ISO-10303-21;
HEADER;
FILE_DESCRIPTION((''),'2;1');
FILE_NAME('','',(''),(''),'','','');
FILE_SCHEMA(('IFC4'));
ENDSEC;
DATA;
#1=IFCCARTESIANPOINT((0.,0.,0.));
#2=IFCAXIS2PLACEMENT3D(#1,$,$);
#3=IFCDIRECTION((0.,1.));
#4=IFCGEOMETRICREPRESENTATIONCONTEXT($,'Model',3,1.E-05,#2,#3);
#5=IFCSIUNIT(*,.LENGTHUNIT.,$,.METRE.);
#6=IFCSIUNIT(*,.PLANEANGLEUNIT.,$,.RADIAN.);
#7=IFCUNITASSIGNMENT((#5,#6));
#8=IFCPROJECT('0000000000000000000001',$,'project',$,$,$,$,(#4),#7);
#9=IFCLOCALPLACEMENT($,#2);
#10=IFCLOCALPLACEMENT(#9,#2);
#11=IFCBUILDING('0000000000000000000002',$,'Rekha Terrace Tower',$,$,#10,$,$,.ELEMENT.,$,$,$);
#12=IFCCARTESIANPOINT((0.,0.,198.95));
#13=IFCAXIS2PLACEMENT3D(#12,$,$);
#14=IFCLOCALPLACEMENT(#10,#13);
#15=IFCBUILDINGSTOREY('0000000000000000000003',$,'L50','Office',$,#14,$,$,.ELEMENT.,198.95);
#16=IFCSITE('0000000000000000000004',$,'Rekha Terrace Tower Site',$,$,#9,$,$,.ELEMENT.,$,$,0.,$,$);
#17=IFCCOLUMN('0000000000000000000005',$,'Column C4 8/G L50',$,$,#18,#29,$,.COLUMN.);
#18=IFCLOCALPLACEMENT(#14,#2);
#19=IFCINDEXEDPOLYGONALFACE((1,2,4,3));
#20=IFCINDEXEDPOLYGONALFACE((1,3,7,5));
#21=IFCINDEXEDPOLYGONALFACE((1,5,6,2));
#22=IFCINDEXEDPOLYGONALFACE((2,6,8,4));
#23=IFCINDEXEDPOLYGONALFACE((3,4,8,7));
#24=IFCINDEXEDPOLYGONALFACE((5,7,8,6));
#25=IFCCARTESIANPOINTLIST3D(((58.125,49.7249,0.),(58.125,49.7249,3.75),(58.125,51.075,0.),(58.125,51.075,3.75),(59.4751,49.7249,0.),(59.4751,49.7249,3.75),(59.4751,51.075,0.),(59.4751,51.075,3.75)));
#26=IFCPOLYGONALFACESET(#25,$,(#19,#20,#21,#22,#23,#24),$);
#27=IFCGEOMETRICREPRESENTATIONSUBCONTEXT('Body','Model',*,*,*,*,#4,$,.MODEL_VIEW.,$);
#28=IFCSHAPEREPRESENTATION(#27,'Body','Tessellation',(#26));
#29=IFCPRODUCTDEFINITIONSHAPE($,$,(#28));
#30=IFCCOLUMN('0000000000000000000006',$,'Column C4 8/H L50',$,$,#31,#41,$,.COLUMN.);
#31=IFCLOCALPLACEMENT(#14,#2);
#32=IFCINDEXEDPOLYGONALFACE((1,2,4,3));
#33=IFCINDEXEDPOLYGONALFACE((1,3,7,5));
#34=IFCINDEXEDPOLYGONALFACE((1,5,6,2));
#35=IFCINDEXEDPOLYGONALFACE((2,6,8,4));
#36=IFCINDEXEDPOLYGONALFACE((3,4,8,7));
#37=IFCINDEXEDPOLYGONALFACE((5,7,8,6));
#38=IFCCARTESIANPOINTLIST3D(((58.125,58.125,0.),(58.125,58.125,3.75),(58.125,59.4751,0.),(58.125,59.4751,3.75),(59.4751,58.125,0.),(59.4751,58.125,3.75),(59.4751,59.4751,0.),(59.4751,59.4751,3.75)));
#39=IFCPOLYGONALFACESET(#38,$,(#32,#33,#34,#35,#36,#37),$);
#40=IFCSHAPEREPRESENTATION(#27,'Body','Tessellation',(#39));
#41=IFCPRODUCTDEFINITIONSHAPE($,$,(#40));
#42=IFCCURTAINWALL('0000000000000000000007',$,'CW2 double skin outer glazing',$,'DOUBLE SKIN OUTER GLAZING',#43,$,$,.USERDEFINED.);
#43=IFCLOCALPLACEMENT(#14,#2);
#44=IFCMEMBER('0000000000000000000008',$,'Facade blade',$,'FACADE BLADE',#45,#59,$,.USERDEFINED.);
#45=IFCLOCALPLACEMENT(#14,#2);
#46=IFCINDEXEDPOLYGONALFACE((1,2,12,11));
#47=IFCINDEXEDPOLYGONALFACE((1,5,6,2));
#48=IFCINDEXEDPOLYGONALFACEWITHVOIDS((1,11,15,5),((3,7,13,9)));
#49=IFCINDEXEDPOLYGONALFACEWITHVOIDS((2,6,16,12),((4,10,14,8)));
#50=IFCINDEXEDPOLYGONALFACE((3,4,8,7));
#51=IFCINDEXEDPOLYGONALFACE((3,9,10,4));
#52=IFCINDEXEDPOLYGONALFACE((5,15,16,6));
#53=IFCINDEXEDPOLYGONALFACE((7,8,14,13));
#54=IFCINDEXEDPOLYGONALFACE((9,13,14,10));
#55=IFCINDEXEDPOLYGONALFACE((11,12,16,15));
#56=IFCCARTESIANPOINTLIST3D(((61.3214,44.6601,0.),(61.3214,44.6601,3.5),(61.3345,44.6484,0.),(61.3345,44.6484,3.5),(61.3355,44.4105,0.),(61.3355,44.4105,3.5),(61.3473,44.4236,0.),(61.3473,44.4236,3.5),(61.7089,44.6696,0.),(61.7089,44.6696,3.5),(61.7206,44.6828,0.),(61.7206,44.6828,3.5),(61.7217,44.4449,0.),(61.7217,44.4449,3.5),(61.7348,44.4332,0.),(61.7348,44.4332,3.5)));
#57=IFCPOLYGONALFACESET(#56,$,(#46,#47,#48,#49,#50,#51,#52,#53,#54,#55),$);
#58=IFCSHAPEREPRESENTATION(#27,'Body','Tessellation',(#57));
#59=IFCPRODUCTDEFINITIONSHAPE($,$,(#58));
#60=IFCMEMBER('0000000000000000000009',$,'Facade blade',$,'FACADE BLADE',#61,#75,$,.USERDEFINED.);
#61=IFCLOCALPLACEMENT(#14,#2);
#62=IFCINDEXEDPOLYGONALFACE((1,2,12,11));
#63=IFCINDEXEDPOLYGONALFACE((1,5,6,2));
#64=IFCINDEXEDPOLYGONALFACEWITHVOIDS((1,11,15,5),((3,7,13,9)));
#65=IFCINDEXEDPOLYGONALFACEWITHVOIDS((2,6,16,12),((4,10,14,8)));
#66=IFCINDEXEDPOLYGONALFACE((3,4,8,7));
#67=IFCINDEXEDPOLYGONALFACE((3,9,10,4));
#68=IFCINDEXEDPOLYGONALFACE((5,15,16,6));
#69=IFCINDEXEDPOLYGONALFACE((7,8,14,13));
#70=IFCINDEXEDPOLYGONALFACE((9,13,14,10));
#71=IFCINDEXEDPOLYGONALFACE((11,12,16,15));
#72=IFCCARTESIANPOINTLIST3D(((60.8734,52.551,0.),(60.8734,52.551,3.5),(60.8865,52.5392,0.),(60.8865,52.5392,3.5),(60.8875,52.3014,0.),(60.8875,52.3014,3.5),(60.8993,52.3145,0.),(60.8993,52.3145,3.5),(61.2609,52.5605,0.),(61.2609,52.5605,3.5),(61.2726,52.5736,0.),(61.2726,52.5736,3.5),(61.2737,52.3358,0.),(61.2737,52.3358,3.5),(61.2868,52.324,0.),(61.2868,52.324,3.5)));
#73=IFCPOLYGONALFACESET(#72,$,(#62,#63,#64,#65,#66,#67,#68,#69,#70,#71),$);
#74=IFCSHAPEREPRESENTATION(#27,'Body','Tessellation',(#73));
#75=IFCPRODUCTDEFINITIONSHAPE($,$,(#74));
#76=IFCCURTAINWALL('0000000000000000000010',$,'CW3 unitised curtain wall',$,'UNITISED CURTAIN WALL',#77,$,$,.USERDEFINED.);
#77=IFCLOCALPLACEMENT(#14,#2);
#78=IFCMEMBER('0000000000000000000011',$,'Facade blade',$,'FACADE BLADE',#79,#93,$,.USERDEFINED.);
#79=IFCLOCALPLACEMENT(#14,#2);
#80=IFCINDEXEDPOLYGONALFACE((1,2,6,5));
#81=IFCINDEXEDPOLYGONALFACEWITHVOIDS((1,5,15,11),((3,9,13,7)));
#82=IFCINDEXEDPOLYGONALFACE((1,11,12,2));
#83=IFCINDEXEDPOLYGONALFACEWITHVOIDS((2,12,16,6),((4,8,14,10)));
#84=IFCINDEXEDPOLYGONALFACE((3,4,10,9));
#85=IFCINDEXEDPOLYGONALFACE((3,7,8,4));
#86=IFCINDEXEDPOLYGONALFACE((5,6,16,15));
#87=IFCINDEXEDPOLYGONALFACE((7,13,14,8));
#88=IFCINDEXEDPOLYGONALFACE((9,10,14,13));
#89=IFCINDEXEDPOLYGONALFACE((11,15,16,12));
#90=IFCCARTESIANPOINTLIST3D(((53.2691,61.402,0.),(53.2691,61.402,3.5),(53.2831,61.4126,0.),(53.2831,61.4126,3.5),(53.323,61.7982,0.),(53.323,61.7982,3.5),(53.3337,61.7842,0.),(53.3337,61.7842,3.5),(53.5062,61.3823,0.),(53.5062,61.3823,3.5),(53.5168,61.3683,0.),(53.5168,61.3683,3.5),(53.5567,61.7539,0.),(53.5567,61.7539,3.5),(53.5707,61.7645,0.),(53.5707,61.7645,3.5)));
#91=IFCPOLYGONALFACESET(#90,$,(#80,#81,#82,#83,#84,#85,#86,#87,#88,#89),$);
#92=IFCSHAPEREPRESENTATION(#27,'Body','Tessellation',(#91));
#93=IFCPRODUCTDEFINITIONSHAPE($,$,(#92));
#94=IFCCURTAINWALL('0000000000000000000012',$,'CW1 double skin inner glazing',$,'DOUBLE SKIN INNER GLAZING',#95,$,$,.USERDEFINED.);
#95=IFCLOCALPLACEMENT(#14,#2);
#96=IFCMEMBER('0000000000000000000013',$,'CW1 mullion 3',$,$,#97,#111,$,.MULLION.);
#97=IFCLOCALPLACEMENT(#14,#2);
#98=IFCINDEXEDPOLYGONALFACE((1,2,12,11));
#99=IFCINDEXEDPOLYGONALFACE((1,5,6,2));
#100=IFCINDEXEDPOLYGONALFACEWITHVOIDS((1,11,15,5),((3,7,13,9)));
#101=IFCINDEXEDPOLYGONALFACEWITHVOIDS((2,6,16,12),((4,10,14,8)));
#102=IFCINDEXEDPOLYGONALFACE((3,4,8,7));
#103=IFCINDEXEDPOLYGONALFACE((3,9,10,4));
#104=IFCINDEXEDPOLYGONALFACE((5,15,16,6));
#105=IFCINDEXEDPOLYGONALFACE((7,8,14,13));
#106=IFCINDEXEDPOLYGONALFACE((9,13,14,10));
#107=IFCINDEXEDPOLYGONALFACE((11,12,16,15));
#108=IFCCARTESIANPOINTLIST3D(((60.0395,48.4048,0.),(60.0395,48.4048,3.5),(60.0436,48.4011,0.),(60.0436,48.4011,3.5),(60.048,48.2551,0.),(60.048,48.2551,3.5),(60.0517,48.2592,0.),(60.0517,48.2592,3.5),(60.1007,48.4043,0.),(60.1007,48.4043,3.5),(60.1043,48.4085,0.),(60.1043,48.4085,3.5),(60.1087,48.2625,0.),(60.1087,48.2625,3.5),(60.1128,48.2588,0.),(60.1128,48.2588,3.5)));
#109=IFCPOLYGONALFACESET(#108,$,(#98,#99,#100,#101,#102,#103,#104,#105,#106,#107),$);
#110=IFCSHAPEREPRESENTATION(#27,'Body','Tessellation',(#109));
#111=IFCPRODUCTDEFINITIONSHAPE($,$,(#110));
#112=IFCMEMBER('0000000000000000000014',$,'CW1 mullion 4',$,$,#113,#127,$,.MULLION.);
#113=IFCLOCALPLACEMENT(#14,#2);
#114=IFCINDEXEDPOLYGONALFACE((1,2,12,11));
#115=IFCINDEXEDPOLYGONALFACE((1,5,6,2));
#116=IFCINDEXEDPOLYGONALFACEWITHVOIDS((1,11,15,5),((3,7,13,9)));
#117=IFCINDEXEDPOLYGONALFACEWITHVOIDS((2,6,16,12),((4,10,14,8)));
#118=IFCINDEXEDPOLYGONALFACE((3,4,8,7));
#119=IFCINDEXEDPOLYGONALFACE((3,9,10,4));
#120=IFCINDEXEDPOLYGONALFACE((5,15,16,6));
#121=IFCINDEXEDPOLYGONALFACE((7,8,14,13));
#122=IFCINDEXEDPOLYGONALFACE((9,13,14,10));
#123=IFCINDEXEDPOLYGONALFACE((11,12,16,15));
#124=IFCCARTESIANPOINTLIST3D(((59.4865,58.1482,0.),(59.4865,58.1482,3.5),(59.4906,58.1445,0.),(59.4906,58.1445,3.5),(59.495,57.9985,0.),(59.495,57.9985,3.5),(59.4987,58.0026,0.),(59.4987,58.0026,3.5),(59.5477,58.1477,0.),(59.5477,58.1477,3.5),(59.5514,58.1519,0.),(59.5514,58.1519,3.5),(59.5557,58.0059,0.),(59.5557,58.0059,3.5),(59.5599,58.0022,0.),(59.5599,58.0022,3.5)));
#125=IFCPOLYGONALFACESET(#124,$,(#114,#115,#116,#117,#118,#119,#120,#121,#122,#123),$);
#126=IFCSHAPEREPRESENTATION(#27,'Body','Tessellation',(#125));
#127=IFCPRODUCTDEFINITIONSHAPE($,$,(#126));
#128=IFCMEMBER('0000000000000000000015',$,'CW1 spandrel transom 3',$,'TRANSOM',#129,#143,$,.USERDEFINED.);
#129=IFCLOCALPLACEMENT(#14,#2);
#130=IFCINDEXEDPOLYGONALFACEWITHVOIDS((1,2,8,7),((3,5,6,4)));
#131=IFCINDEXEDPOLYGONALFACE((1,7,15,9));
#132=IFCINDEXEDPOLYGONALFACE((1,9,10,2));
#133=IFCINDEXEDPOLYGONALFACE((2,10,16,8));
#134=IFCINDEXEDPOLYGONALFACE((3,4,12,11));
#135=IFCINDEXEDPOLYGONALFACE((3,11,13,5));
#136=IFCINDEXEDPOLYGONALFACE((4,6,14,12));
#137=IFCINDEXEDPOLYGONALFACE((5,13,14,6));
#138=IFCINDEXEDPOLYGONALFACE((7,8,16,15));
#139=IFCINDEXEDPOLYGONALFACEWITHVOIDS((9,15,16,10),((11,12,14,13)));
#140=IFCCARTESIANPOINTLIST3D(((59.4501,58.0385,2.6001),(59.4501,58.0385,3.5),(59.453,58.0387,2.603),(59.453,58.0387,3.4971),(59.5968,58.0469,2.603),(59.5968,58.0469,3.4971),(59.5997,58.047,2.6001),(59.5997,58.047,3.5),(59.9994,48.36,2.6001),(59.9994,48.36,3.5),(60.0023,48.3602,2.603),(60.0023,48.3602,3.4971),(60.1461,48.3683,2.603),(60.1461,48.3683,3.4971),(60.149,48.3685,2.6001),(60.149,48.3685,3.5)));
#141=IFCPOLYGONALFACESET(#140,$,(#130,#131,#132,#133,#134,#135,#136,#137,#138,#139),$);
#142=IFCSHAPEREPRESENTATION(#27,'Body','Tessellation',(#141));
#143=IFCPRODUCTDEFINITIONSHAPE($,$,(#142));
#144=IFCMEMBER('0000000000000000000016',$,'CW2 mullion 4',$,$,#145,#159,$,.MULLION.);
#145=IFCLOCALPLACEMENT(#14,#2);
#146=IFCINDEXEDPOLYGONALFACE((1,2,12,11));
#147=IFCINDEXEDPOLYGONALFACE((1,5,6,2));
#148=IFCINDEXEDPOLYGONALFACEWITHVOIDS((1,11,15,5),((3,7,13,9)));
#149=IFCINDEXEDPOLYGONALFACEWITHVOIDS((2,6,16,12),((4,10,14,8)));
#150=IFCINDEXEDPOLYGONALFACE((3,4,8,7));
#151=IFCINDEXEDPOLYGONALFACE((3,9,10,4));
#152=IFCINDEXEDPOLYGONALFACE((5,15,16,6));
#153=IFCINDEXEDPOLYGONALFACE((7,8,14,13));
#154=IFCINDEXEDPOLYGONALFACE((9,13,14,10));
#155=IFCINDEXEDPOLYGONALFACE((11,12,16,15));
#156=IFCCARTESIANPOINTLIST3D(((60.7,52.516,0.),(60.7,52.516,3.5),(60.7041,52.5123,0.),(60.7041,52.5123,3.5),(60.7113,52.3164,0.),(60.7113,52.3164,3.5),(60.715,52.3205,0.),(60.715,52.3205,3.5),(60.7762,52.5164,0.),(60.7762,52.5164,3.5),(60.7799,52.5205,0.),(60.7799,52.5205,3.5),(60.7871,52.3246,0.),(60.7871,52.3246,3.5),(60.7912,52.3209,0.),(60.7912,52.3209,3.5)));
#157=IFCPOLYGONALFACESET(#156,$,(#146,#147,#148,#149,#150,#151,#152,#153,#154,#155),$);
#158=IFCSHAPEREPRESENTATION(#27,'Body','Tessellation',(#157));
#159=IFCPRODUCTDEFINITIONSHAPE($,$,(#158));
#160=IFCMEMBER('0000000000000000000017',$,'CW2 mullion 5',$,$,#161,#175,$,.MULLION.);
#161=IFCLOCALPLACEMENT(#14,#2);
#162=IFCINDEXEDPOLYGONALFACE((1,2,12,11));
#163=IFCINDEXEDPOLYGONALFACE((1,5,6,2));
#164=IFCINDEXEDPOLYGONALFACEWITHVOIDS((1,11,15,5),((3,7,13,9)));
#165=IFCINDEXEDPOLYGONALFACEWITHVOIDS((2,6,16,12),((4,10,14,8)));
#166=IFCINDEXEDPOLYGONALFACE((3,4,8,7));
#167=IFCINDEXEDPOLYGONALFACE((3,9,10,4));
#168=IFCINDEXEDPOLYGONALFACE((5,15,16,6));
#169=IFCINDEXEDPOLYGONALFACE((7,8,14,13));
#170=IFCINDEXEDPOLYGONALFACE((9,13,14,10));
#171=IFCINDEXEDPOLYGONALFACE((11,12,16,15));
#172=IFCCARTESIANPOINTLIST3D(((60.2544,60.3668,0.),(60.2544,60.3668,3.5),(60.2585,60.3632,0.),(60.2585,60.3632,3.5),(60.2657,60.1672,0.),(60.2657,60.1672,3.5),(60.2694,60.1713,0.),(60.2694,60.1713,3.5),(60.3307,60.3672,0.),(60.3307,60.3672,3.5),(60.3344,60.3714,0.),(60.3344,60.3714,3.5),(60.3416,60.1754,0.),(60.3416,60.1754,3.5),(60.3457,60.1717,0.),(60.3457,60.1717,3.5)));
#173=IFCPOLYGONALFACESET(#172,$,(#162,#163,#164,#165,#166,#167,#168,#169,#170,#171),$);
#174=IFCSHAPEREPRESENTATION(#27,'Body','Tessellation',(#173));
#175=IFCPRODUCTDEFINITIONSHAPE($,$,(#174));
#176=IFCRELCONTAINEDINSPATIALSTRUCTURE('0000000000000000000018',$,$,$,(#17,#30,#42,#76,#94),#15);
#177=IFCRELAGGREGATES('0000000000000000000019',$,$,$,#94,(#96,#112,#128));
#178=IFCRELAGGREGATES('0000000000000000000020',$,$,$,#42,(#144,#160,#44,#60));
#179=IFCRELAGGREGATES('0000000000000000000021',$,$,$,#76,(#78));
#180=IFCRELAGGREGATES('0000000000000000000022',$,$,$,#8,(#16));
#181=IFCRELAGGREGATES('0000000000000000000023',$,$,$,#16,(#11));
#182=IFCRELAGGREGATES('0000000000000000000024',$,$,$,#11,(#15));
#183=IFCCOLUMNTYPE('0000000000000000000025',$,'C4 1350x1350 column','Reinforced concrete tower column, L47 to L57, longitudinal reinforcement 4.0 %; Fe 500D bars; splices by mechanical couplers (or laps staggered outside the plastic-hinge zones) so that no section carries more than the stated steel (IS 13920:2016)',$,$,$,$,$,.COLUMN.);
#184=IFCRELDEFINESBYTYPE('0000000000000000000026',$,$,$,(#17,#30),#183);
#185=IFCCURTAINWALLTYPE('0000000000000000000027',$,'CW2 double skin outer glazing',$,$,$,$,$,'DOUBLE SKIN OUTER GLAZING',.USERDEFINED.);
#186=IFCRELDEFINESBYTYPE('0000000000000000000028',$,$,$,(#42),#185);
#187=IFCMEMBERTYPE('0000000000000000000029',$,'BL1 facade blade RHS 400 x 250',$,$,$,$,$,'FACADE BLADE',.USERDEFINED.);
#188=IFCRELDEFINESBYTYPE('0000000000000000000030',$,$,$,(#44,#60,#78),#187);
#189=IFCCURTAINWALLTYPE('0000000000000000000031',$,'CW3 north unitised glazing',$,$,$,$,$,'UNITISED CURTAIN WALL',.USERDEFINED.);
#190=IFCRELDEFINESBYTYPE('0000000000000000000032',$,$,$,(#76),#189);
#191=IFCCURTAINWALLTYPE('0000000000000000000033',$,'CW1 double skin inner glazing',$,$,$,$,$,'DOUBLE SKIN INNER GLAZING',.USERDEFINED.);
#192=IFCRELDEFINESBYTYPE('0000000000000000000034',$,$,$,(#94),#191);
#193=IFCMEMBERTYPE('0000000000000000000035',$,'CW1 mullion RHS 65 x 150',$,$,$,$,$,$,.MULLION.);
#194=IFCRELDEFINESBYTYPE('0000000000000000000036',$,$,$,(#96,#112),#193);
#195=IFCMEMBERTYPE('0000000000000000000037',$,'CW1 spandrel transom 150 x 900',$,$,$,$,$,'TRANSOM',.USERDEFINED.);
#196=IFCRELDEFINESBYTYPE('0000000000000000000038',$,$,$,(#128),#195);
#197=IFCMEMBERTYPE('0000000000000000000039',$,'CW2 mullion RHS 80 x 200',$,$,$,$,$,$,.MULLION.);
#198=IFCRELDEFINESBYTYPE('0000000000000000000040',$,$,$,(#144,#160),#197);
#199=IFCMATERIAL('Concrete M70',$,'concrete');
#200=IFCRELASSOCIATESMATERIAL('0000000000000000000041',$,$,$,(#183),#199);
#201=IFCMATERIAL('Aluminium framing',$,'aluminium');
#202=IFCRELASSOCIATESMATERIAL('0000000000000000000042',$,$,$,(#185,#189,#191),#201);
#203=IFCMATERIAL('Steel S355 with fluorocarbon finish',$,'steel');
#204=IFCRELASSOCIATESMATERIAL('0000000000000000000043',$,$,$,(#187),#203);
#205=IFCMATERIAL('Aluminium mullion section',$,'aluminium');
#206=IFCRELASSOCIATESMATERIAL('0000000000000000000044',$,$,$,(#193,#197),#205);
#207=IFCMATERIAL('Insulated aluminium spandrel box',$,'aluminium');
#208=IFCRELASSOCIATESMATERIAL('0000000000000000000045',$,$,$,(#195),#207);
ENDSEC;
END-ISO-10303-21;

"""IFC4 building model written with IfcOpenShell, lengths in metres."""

from ifc_helpers import new_model, si_unit, direction, frame, origin, origin_2d, place, context, subcontext, project, spatial, rectangle, hollow_rectangle, extrude, material, material_profile, profile_set, type_object, element, aggregate, save


model = new_model("IFC4")

# Units and contexts
model_context = context("Model", 3, precision=1e-05, world=origin(), true_north=direction((0.0, 1.0)))
body_context = subcontext(model_context, "Body", "Model", "MODEL_VIEW")
ifc_project = project(units=[si_unit("LENGTHUNIT", "METRE"), si_unit("PLANEANGLEUNIT", "RADIAN")], contexts=[model_context])

# Site, building, storey
site_placement = place(None, origin())
site = spatial("IfcSite", under=ifc_project, at=site_placement, Name="Rekha Terrace Tower Site", CompositionType="ELEMENT", RefElevation=0.0)
building_placement = place(site_placement, origin())
building = spatial("IfcBuilding", under=site, at=building_placement, Name="Rekha Terrace Tower", CompositionType="ELEMENT")
storey_placement = place(building_placement, frame((0.0, 0.0, 198.95)))
storey = spatial("IfcBuildingStorey", under=building, at=storey_placement, Name="L50", Description="Office", CompositionType="ELEMENT", Elevation=198.95)

# Columns
ifc_material_1 = material(Name="Concrete M70", Category="concrete")
ifc_material_profile_1 = material_profile(ifc_material_1, rectangle(XDim=1.3501, YDim=1.3501, at=origin_2d()), Name="RC 1350x1350")
ifc_profile_set_1 = profile_set([ifc_material_profile_1], Name="Concrete M70")
column_type = type_object("IfcColumnType", Name="C4 1350x1350 column", Description="Reinforced concrete tower column, L47 to L57, longitudinal reinforcement 4.0 %; Fe 500D bars; splices by mechanical couplers (or laps staggered outside the plastic-hinge zones) so that no section carries more than the stated steel (IS 13920:2016)", PredefinedType="COLUMN", material=ifc_profile_set_1)
for number, where, z_axis, x_axis, name in (
    (1, (58.8, 50.3999, 0.0), (0.0, 0.0, 1.0), (1.0, 0.0, 0.0), "Column C4 8/G L50"),
    (2, (58.8, 58.8, 0.0), (0.0, 0.0, 1.0), (1.0, 0.0, 0.0), "Column C4 8/H L50"),
):
    element("IfcColumn", number, at=place(storey_placement, frame(where, z_axis=z_axis, x_axis=x_axis)), inside=storey, type_object=column_type, Name=name, PredefinedType="COLUMN", context=body_context, shape_type="SweptSolid", body=[
        extrude(rectangle(XDim=1.3501, YDim=1.3501, at=origin_2d()), origin(), (0.0, 0.0, 1.0), 3.75),
    ])

# Curtain wall, members
ifc_material_2 = material(Name="Aluminium framing", Category="aluminium")
curtain_wall_type_1 = type_object("IfcCurtainWallType", Name="CW2 double skin outer glazing", ElementType="DOUBLE SKIN OUTER GLAZING", PredefinedType="USERDEFINED", material=ifc_material_2)
curtain_wall_1_placement = place(storey_placement, origin())
curtain_wall_1 = element("IfcCurtainWall", 3, at=curtain_wall_1_placement, inside=storey, type_object=curtain_wall_type_1, Name="CW2 double skin outer glazing", ObjectType="DOUBLE SKIN OUTER GLAZING", PredefinedType="USERDEFINED")
ifc_material_3 = material(Name="Steel S355 with fluorocarbon finish", Category="steel")
ifc_material_profile_2 = material_profile(ifc_material_3, hollow_rectangle(XDim=0.25, YDim=0.3999, WallThickness=0.0125, at=origin_2d()), Name="RHS400x250x12.5")
ifc_profile_set_2 = profile_set([ifc_material_profile_2], Name="Steel S355 with fluorocarbon finish")
member_type_1 = type_object("IfcMemberType", Name="BL1 facade blade RHS 400 x 250", ElementType="FACADE BLADE", PredefinedType="USERDEFINED", material=ifc_profile_set_2)
member_1_placement = place(storey_placement, frame((61.5281, 44.5466, 0.0), z_axis=(0.0, 0.0, 1.0), x_axis=(-0.056674, 0.998393, 0.0)))
member_1 = element("IfcMember", 4, at=member_1_placement, type_object=member_type_1, Name="Facade blade", ObjectType="FACADE BLADE", PredefinedType="USERDEFINED", context=body_context, shape_type="SweptSolid", body=[
    extrude(hollow_rectangle(XDim=0.25, YDim=0.3999, WallThickness=0.0125, at=origin_2d()), origin(), (0.0, 0.0, 1.0), 3.5),
])
member_2_placement = place(storey_placement, frame((61.0801, 52.4375, 0.0), z_axis=(0.0, 0.0, 1.0), x_axis=(-0.056674, 0.998393, 0.0)))
member_2 = element("IfcMember", 5, at=member_2_placement, type_object=member_type_1, Name="Facade blade", ObjectType="FACADE BLADE", PredefinedType="USERDEFINED", context=body_context, shape_type="SweptSolid", body=[
    extrude(hollow_rectangle(XDim=0.25, YDim=0.3999, WallThickness=0.0125, at=origin_2d()), origin(), (0.0, 0.0, 1.0), 3.5),
])

# Curtain wall, member
curtain_wall_type_2 = type_object("IfcCurtainWallType", Name="CW3 north unitised glazing", ElementType="UNITISED CURTAIN WALL", PredefinedType="USERDEFINED", material=ifc_material_2)
curtain_wall_2_placement = place(storey_placement, origin())
curtain_wall_2 = element("IfcCurtainWall", 6, at=curtain_wall_2_placement, inside=storey, type_object=curtain_wall_type_2, Name="CW3 unitised curtain wall", ObjectType="UNITISED CURTAIN WALL", PredefinedType="USERDEFINED")
member_3_placement = place(storey_placement, frame((53.4199, 61.5833, 0.0), z_axis=(0.0, 0.0, 1.0), x_axis=(-0.990867, 0.134841, 0.0)))
member_3 = element("IfcMember", 7, at=member_3_placement, type_object=member_type_1, Name="Facade blade", ObjectType="FACADE BLADE", PredefinedType="USERDEFINED", context=body_context, shape_type="SweptSolid", body=[
    extrude(hollow_rectangle(XDim=0.25, YDim=0.3999, WallThickness=0.0125, at=origin_2d()), origin(), (0.0, 0.0, 1.0), 3.5),
])

# Curtain wall, members
curtain_wall_type_3 = type_object("IfcCurtainWallType", Name="CW1 double skin inner glazing", ElementType="DOUBLE SKIN INNER GLAZING", PredefinedType="USERDEFINED", material=ifc_material_2)
curtain_wall_3_placement = place(storey_placement, origin())
curtain_wall_3 = element("IfcCurtainWall", 8, at=curtain_wall_3_placement, inside=storey, type_object=curtain_wall_type_3, Name="CW1 double skin inner glazing", ObjectType="DOUBLE SKIN INNER GLAZING", PredefinedType="USERDEFINED")
ifc_material_4 = material(Name="Aluminium mullion section", Category="aluminium")
ifc_material_profile_3 = material_profile(ifc_material_4, hollow_rectangle(XDim=0.0649, YDim=0.1499, WallThickness=0.0039, at=origin_2d()), Name="AL RHS 65x150")
ifc_profile_set_3 = profile_set([ifc_material_profile_3], Name="Aluminium mullion section")
member_type_2 = type_object("IfcMemberType", Name="CW1 mullion RHS 65 x 150", PredefinedType="MULLION", material=ifc_profile_set_3)
member_4_placement = place(storey_placement, frame((60.0762, 48.3318, 0.0), z_axis=(0.0, 0.0, 1.0), x_axis=(-0.998393, -0.056673, 0.0)))
member_4 = element("IfcMember", 9, at=member_4_placement, type_object=member_type_2, Name="CW1 mullion 3", PredefinedType="MULLION", context=body_context, shape_type="SweptSolid", body=[
    extrude(hollow_rectangle(XDim=0.0649, YDim=0.1499, WallThickness=0.0039, at=origin_2d()), origin(), (0.0, 0.0, 1.0), 3.5),
])
member_5_placement = place(storey_placement, frame((59.5232, 58.0752, 0.0), z_axis=(0.0, 0.0, 1.0), x_axis=(-0.998393, -0.056673, 0.0)))
member_5 = element("IfcMember", 10, at=member_5_placement, type_object=member_type_2, Name="CW1 mullion 4", PredefinedType="MULLION", context=body_context, shape_type="SweptSolid", body=[
    extrude(hollow_rectangle(XDim=0.0649, YDim=0.1499, WallThickness=0.0039, at=origin_2d()), origin(), (0.0, 0.0, 1.0), 3.5),
])
ifc_material_5 = material(Name="Insulated aluminium spandrel box", Category="aluminium")
ifc_material_profile_4 = material_profile(ifc_material_5, hollow_rectangle(XDim=0.1499, YDim=0.8999, WallThickness=0.0029, at=origin_2d()), Name="AL SPANDREL BOX 150x900")
ifc_profile_set_4 = profile_set([ifc_material_profile_4], Name="Insulated aluminium spandrel box")
member_type_3 = type_object("IfcMemberType", Name="CW1 spandrel transom 150 x 900", ElementType="TRANSOM", PredefinedType="USERDEFINED", material=ifc_profile_set_4)
member_6_placement = place(storey_placement, frame((60.0742, 48.3643, 3.05), z_axis=(-0.056665, 0.998393, 0.0), x_axis=(-0.998393, -0.056665, 0.0)))
member_6 = element("IfcMember", 11, at=member_6_placement, type_object=member_type_3, Name="CW1 spandrel transom 3", ObjectType="TRANSOM", PredefinedType="USERDEFINED", context=body_context, shape_type="SweptSolid", body=[
    extrude(hollow_rectangle(XDim=0.1499, YDim=0.8999, WallThickness=0.0029, at=origin_2d()), origin(), (0.0, 0.0, 1.0), 9.6941),
])

# Members
ifc_material_profile_5 = material_profile(ifc_material_4, hollow_rectangle(XDim=0.0801, YDim=0.2, WallThickness=0.0039, at=origin_2d()), Name="AL RHS 80x200")
ifc_profile_set_5 = profile_set([ifc_material_profile_5], Name="Aluminium mullion section")
member_type_4 = type_object("IfcMemberType", Name="CW2 mullion RHS 80 x 200", PredefinedType="MULLION", material=ifc_profile_set_5)
member_7_placement = place(storey_placement, frame((60.7456, 52.4185, 0.0), z_axis=(0.0, 0.0, 1.0), x_axis=(-0.998393, -0.056673, 0.0)))
member_7 = element("IfcMember", 12, at=member_7_placement, type_object=member_type_4, Name="CW2 mullion 4", PredefinedType="MULLION", context=body_context, shape_type="SweptSolid", body=[
    extrude(hollow_rectangle(XDim=0.0801, YDim=0.2, WallThickness=0.0039, at=origin_2d()), origin(), (0.0, 0.0, 1.0), 3.5),
])
member_8_placement = place(storey_placement, frame((60.3, 60.2693, 0.0), z_axis=(0.0, 0.0, 1.0), x_axis=(-0.998393, -0.056673, 0.0)))
member_8 = element("IfcMember", 13, at=member_8_placement, type_object=member_type_4, Name="CW2 mullion 5", PredefinedType="MULLION", context=body_context, shape_type="SweptSolid", body=[
    extrude(hollow_rectangle(XDim=0.0801, YDim=0.2, WallThickness=0.0039, at=origin_2d()), origin(), (0.0, 0.0, 1.0), 3.5),
])

aggregate(curtain_wall_3, [member_4, member_5, member_6])
aggregate(curtain_wall_1, [member_7, member_8, member_1, member_2])
aggregate(curtain_wall_2, [member_3])

save(model, "model.ifc")
